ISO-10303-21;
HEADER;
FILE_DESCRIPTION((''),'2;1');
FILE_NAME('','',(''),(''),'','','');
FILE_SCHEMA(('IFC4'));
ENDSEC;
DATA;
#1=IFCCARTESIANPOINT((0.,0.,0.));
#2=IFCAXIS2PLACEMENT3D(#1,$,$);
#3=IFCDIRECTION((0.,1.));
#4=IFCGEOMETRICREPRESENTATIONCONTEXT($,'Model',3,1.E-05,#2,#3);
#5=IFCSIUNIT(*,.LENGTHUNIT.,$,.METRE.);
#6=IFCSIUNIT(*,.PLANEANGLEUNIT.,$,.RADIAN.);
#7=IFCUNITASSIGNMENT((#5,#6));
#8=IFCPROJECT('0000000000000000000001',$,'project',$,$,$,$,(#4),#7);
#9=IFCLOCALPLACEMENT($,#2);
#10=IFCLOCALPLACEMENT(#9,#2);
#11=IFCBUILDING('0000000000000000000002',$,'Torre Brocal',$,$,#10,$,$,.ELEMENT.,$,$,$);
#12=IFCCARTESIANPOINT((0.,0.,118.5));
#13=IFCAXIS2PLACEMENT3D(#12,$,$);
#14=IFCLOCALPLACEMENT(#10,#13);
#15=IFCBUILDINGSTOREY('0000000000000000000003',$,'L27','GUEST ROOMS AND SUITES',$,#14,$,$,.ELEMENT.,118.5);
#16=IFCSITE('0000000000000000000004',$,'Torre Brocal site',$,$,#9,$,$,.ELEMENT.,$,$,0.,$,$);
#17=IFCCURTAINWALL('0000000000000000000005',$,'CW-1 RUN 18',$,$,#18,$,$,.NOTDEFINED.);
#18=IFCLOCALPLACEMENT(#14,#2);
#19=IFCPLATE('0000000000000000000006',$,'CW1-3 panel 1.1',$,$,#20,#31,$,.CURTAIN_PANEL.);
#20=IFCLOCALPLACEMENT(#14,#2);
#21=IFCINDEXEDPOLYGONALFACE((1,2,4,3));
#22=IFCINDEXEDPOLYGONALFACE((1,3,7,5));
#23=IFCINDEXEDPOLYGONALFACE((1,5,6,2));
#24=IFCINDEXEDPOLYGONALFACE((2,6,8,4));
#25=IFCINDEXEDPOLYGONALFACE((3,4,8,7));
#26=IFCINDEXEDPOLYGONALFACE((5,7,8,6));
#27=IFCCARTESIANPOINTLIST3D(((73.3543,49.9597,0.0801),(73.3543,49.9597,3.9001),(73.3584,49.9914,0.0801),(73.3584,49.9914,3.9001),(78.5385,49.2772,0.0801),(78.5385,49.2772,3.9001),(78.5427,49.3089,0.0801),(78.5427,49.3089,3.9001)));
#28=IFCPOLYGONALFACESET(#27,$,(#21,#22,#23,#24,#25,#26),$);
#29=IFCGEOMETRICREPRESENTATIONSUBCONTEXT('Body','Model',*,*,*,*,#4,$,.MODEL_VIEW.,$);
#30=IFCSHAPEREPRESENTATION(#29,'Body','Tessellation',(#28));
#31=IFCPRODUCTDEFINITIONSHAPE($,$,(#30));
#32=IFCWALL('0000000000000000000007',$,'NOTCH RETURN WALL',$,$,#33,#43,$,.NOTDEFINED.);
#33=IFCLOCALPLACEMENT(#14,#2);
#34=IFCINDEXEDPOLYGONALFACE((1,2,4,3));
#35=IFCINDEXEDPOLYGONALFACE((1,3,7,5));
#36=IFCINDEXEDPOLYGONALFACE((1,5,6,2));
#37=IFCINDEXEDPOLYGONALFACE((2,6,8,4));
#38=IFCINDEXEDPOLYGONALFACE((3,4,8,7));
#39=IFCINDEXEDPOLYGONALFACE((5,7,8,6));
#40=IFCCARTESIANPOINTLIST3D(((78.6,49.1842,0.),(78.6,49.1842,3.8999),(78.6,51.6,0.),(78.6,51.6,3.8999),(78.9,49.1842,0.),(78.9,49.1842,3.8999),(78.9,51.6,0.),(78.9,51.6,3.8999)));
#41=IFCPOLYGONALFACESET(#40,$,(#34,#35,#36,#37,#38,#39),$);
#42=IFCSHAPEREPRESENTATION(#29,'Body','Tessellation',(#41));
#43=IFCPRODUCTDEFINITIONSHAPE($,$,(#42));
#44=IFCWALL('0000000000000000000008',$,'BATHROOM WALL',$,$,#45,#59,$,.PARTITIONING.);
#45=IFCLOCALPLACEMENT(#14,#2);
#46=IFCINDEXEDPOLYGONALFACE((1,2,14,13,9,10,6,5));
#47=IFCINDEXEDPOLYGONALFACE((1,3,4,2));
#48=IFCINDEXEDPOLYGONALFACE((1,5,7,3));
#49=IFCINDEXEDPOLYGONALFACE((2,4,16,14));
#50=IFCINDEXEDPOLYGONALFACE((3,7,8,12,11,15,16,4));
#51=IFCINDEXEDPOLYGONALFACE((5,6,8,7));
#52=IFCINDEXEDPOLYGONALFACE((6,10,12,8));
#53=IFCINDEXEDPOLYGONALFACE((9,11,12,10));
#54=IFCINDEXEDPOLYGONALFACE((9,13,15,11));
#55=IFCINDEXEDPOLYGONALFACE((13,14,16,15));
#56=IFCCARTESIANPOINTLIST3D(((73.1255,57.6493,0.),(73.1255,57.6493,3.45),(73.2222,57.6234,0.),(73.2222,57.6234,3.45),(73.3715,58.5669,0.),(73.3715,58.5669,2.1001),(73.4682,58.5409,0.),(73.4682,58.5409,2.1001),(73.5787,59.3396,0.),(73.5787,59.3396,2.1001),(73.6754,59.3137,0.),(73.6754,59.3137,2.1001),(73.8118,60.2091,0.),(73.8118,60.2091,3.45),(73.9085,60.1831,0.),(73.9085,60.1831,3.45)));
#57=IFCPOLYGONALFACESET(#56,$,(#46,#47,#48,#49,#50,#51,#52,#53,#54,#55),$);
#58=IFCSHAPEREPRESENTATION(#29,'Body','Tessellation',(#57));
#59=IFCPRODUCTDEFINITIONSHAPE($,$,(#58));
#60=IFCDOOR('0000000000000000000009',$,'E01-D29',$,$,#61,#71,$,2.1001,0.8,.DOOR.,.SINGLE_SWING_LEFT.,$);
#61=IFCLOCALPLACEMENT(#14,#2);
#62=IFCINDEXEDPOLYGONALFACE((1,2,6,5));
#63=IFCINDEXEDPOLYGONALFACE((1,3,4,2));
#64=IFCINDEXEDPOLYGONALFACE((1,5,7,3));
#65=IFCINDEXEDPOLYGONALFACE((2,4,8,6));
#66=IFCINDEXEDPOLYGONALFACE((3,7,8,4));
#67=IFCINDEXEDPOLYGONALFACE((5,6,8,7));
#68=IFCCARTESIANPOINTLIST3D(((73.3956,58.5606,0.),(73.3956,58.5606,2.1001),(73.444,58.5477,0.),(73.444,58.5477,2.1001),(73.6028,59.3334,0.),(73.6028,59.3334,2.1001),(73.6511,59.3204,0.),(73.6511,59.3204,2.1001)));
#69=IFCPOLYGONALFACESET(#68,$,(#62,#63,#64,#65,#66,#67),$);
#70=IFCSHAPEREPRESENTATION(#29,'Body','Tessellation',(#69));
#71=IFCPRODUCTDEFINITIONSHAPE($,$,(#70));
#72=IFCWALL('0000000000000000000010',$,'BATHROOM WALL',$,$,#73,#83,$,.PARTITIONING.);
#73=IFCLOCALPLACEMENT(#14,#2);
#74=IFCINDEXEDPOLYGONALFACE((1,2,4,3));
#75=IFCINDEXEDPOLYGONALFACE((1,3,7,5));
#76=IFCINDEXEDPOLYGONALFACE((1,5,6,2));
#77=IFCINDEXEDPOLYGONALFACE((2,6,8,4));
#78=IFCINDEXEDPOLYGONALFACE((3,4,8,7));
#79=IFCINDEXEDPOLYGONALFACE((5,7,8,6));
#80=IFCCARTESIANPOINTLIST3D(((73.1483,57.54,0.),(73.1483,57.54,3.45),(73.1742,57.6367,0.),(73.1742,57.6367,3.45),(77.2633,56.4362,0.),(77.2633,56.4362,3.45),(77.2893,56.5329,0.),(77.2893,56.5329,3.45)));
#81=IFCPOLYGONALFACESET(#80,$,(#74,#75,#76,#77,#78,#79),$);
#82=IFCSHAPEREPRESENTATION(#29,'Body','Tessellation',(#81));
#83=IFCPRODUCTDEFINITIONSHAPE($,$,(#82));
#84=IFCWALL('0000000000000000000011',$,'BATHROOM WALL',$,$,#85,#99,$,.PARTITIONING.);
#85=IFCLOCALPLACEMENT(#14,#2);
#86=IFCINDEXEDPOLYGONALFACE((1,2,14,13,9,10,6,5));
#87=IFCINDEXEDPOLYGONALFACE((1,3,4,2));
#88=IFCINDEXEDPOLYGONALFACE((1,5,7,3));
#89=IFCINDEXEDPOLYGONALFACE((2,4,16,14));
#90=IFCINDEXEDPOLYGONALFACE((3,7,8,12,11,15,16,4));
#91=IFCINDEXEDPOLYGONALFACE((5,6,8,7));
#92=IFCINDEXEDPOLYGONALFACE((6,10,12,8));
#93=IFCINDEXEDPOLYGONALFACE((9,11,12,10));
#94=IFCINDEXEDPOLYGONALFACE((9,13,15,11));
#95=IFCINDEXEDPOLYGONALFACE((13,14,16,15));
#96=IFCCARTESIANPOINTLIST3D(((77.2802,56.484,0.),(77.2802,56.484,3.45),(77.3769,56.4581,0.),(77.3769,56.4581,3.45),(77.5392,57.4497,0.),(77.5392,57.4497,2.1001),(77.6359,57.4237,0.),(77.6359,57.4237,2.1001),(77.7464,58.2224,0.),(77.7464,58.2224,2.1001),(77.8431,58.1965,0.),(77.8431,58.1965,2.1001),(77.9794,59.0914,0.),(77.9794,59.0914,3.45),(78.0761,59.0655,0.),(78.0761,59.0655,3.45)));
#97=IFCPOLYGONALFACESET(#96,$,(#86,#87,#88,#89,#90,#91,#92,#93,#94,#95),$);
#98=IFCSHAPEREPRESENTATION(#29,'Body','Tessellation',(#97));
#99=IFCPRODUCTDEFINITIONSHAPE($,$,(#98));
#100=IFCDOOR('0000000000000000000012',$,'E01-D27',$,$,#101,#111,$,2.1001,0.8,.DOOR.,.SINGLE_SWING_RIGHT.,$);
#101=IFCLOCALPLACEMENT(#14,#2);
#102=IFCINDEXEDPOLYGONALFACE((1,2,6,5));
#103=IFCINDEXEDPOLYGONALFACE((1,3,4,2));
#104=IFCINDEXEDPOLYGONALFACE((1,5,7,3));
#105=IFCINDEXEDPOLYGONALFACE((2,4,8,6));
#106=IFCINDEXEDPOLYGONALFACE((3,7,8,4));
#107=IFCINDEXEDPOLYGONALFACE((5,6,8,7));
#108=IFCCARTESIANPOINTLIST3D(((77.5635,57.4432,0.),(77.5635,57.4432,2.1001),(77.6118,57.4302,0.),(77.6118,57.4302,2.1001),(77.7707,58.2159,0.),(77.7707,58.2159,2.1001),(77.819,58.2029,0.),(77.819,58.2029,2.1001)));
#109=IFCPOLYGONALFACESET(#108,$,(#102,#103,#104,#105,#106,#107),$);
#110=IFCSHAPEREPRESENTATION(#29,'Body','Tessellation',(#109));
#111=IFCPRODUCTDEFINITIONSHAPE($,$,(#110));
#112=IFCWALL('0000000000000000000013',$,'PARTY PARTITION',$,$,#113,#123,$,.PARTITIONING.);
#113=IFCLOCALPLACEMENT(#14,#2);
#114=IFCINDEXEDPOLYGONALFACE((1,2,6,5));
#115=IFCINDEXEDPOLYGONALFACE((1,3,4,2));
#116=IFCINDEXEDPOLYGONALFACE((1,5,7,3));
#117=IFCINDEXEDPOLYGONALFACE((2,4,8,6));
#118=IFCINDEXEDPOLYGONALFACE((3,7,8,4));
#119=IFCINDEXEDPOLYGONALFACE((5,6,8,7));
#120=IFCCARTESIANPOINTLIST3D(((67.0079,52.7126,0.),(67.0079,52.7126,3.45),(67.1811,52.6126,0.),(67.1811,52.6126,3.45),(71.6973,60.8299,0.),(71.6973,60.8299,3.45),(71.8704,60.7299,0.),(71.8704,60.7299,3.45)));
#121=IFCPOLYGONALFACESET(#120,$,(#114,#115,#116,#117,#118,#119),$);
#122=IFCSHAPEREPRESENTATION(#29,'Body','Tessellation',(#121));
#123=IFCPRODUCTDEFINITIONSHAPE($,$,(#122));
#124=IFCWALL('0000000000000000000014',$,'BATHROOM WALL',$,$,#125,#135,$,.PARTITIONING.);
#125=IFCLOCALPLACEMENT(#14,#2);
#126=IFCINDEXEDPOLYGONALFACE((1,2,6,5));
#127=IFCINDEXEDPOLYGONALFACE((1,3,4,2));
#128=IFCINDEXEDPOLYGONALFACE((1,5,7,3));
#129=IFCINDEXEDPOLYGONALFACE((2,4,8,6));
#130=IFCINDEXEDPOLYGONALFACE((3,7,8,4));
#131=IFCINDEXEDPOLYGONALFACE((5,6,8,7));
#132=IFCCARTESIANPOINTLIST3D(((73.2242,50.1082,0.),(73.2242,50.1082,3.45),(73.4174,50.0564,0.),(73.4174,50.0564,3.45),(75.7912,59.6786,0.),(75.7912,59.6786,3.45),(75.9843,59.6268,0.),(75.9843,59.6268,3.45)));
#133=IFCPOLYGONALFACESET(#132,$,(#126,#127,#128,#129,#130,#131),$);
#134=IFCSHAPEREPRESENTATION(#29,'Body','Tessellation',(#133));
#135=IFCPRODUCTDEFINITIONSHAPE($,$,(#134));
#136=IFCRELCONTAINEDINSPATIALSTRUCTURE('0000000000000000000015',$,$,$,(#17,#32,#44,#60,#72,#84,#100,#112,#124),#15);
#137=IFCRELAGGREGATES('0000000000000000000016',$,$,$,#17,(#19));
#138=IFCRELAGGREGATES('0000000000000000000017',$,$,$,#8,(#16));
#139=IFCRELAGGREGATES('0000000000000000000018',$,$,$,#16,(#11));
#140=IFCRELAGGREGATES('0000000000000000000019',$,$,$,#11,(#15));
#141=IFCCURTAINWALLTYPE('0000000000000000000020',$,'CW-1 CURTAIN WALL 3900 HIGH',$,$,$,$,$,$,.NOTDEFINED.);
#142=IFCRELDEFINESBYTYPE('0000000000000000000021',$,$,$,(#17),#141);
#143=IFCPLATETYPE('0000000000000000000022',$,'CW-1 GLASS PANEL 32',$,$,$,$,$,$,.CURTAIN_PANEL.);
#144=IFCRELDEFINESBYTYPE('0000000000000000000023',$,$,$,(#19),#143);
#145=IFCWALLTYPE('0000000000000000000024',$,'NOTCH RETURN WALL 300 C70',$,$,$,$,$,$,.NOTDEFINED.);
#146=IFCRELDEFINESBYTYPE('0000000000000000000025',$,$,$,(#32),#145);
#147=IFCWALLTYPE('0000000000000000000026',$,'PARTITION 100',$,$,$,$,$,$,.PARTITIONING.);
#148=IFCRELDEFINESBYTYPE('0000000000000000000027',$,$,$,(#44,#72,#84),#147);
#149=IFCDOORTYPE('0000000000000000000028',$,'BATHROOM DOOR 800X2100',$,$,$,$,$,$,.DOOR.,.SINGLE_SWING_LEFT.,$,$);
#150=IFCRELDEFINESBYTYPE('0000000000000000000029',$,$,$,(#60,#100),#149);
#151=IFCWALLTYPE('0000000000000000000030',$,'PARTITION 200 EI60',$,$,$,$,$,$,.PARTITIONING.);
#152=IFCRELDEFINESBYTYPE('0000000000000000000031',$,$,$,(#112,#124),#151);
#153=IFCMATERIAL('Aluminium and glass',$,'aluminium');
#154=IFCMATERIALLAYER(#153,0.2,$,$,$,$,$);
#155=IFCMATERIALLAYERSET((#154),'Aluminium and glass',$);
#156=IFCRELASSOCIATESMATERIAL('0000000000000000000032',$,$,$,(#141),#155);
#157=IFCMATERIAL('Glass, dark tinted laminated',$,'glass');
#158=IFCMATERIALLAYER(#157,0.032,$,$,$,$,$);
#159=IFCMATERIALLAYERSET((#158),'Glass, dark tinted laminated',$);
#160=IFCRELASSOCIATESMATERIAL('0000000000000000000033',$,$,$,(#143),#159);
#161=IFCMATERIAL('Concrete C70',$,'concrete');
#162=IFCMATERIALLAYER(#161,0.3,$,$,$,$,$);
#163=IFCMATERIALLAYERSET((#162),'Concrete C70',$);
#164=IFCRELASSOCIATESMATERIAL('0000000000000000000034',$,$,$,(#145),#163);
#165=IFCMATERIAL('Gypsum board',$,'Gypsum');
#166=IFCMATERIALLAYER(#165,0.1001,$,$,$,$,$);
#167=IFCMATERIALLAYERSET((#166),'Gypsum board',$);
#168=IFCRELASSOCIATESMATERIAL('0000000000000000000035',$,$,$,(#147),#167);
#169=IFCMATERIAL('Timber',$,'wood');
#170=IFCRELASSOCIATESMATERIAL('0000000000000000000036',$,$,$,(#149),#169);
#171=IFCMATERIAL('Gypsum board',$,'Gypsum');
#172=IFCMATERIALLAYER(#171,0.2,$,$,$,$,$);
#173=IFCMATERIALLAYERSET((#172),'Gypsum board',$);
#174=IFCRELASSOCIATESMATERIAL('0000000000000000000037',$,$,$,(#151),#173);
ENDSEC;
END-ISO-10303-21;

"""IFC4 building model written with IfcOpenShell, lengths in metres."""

from ifc_helpers import new_model, si_unit, direction, frame, frame_2d, origin, origin_2d, place, context, subcontext, project, spatial, rectangle, extrude, material, layer, layer_set, type_object, element, fill, aggregate, save


model = new_model("IFC4")

# Units and contexts
model_context = context("Model", 3, precision=1e-05, world=origin(), true_north=direction((0.0, 1.0)))
body_context = subcontext(model_context, "Body", "Model", "MODEL_VIEW")
ifc_project = project(units=[si_unit("LENGTHUNIT", "METRE"), si_unit("PLANEANGLEUNIT", "RADIAN")], contexts=[model_context])

# Site, building, storey
site_placement = place(None, origin())
site = spatial("IfcSite", under=ifc_project, at=site_placement, Name="Torre Brocal site", CompositionType="ELEMENT", RefElevation=0.0)
building_placement = place(site_placement, origin())
building = spatial("IfcBuilding", under=site, at=building_placement, Name="Torre Brocal", CompositionType="ELEMENT")
storey_placement = place(building_placement, frame((0.0, 0.0, 118.5)))
storey = spatial("IfcBuildingStorey", under=building, at=storey_placement, Name="L27", Description="GUEST ROOMS AND SUITES", CompositionType="ELEMENT", Elevation=118.5)

# Curtain wall
ifc_material_1 = material(Name="Aluminium and glass", Category="aluminium")
ifc_layer_1 = layer(ifc_material_1, 0.2)
ifc_layer_set_1 = layer_set([ifc_layer_1], Name="Aluminium and glass")
curtain_wall_type = type_object("IfcCurtainWallType", Name="CW-1 CURTAIN WALL 3900 HIGH", PredefinedType="NOTDEFINED", material=ifc_layer_set_1)
curtain_wall_1_placement = place(storey_placement, origin())
curtain_wall_1 = element("IfcCurtainWall", 1, at=curtain_wall_1_placement, inside=storey, type_object=curtain_wall_type, Name="CW-1 RUN 18", PredefinedType="NOTDEFINED")

# Plate
ifc_material_2 = material(Name="Glass, dark tinted laminated", Category="glass")
ifc_layer_2 = layer(ifc_material_2, 0.032)
ifc_layer_set_2 = layer_set([ifc_layer_2], Name="Glass, dark tinted laminated")
plate_type = type_object("IfcPlateType", Name="CW-1 GLASS PANEL 32", PredefinedType="CURTAIN_PANEL", material=ifc_layer_set_2)
plate_1_placement = place(storey_placement, frame((75.9485, 49.6343, 0.0801), z_axis=(0.0, 0.0, 1.0), x_axis=(0.991445, -0.130526, 0.0)))
plate_1 = element("IfcPlate", 2, at=plate_1_placement, type_object=plate_type, Name="CW1-3 panel 1.1", PredefinedType="CURTAIN_PANEL", context=body_context, shape_type="SweptSolid", body=[
    extrude(rectangle(XDim=5.229, YDim=0.032, at=origin_2d()), origin(), (0.0, 0.0, 1.0), 3.8201),
])
aggregate(curtain_wall_1, [plate_1])

# Wall
ifc_material_3 = material(Name="Concrete C70", Category="concrete")
ifc_layer_3 = layer(ifc_material_3, 0.3)
ifc_layer_set_3 = layer_set([ifc_layer_3], Name="Concrete C70")
wall_type_1 = type_object("IfcWallType", Name="NOTCH RETURN WALL 300 C70", PredefinedType="NOTDEFINED", material=ifc_layer_set_3)
wall_1_placement = place(storey_placement, frame((78.75, 51.6001, 0.0), z_axis=(0.0, 0.0, 1.0), x_axis=(0.0, -1.0, 0.0)))
element("IfcWall", 3, at=wall_1_placement, inside=storey, type_object=wall_type_1, Name="NOTCH RETURN WALL", PredefinedType="NOTDEFINED", context=body_context, shape_type="SweptSolid", body=[
    extrude(rectangle(XDim=2.4158, YDim=0.3, at=frame_2d((1.208, 0.0))), origin(), (0.0, 0.0, 1.0), 3.8999),
])

# Wall, opening, door
ifc_material_4 = material(Name="Gypsum board", Category="Gypsum")
ifc_layer_4 = layer(ifc_material_4, 0.1001)
ifc_layer_set_4 = layer_set([ifc_layer_4], Name="Gypsum board")
wall_type_2 = type_object("IfcWallType", Name="PARTITION 100", PredefinedType="PARTITIONING", material=ifc_layer_set_4)
wall_2_placement = place(storey_placement, frame((73.1738, 57.6362, 0.0), z_axis=(0.0, 0.0, 1.0), x_axis=(0.258952, 0.96589, 0.0)))
wall_2 = element("IfcWall", 4, at=wall_2_placement, inside=storey, type_object=wall_type_2, Name="BATHROOM WALL", PredefinedType="PARTITIONING", context=body_context, shape_type="SweptSolid", body=[
    extrude(rectangle(XDim=2.6501, YDim=0.1001, at=frame_2d((1.3252, 0.0))), origin(), (0.0, 0.0, 1.0), 3.45),
])
opening_1_placement = place(wall_2_placement, frame((0.9502, 0.0, 0.0)))
opening_1 = element("IfcOpeningElement", 5, at=opening_1_placement, cuts=wall_2, PredefinedType="OPENING", context=body_context, shape_type="SweptSolid", body=[
    extrude(rectangle(XDim=0.8, YDim=2.1001, at=frame_2d((0.3999, 1.05))), frame((0.0, 0.0601, 0.0), z_axis=(0.0, -1.0, 0.0), x_axis=(1.0, 0.0, 0.0)), (0.0, 0.0, 1.0), 0.1201),
])
ifc_material_5 = material(Name="Timber", Category="wood")
door_type_1 = type_object("IfcDoorType", Name="BATHROOM DOOR 800X2100", OperationType="SINGLE_SWING_LEFT", PredefinedType="DOOR", material=ifc_material_5)
door_1_placement = place(opening_1_placement, frame((0.8, 0.0, 0.0), z_axis=(0.0, 0.0, 1.0), x_axis=(-1.0, 0.0, 0.0)))
door_1 = element("IfcDoor", 6, at=door_1_placement, inside=storey, type_object=door_type_1, Name="E01-D29", OperationType="SINGLE_SWING_LEFT", OverallHeight=2.1001, OverallWidth=0.8, PredefinedType="DOOR", context=body_context, shape_type="SweptSolid", body=[
    extrude(rectangle(XDim=0.8, YDim=2.1001, at=frame_2d((0.3999, 1.05))), frame((0.0, 0.0249, 0.0), z_axis=(0.0, -1.0, 0.0), x_axis=(1.0, 0.0, 0.0)), (0.0, 0.0, 1.0), 0.05),
])
fill(opening_1, door_1)

# Wall
wall_3_placement = place(storey_placement, frame((73.1611, 57.5884, 0.0), z_axis=(0.0, 0.0, 1.0), x_axis=(0.965858, -0.259071, 0.0)))
element("IfcWall", 7, at=wall_3_placement, inside=storey, type_object=wall_type_2, Name="BATHROOM WALL", PredefinedType="PARTITIONING", context=body_context, shape_type="SweptSolid", body=[
    extrude(rectangle(XDim=4.2605, YDim=0.1001, at=frame_2d((2.1304, 0.0))), origin(), (0.0, 0.0, 1.0), 3.45),
])

# Wall, opening, door
wall_4_placement = place(storey_placement, frame((77.3286, 56.4712, 0.0), z_axis=(0.0, 0.0, 1.0), x_axis=(0.259013, 0.965874, 0.0)))
wall_4 = element("IfcWall", 8, at=wall_4_placement, inside=storey, type_object=wall_type_2, Name="BATHROOM WALL", PredefinedType="PARTITIONING", context=body_context, shape_type="SweptSolid", body=[
    extrude(rectangle(XDim=2.6995, YDim=0.1001, at=frame_2d((1.3496, 0.0))), origin(), (0.0, 0.0, 1.0), 3.45),
])
opening_2_placement = place(wall_4_placement, frame((0.9998, 0.0, 0.0)))
opening_2 = element("IfcOpeningElement", 9, at=opening_2_placement, cuts=wall_4, PredefinedType="OPENING", context=body_context, shape_type="SweptSolid", body=[
    extrude(rectangle(XDim=0.8, YDim=2.1001, at=frame_2d((0.3999, 1.05))), frame((0.0, 0.0601, 0.0), z_axis=(0.0, -1.0, 0.0), x_axis=(1.0, 0.0, 0.0)), (0.0, 0.0, 1.0), 0.1201),
])
door_2_placement = place(opening_2_placement, origin())
door_2 = element("IfcDoor", 10, at=door_2_placement, inside=storey, type_object=door_type_1, Name="E01-D27", OperationType="SINGLE_SWING_RIGHT", OverallHeight=2.1001, OverallWidth=0.8, PredefinedType="DOOR", context=body_context, shape_type="SweptSolid", body=[
    extrude(rectangle(XDim=0.8, YDim=2.1001, at=frame_2d((0.3999, 1.05))), frame((0.0, 0.0249, 0.0), z_axis=(0.0, -1.0, 0.0), x_axis=(1.0, 0.0, 0.0)), (0.0, 0.0, 1.0), 0.05),
])
fill(opening_2, door_2)

# Walls
ifc_material_6 = material(Name="Gypsum board", Category="Gypsum")
ifc_layer_5 = layer(ifc_material_6, 0.2)
ifc_layer_set_5 = layer_set([ifc_layer_5], Name="Gypsum board")
wall_type_3 = type_object("IfcWallType", Name="PARTITION 200 EI60", PredefinedType="PARTITIONING", material=ifc_layer_set_5)
wall_5_placement = place(storey_placement, frame((67.0945, 52.6626, 0.0), z_axis=(0.0, 0.0, 1.0), x_axis=(0.500228, 0.865894, 0.0)))
element("IfcWall", 11, at=wall_5_placement, inside=storey, type_object=wall_type_3, Name="PARTY PARTITION", PredefinedType="PARTITIONING", context=body_context, shape_type="SweptSolid", body=[
    extrude(rectangle(XDim=9.3745, YDim=0.2, at=frame_2d((4.6873, 0.0))), origin(), (0.0, 0.0, 1.0), 3.45),
])
wall_6_placement = place(storey_placement, frame((73.3208, 50.0823, 0.0), z_axis=(0.0, 0.0, 1.0), x_axis=(0.259058, 0.965862, 0.0)))
element("IfcWall", 12, at=wall_6_placement, inside=storey, type_object=wall_type_3, Name="BATHROOM WALL", PredefinedType="PARTITIONING", context=body_context, shape_type="SweptSolid", body=[
    extrude(rectangle(XDim=9.9087, YDim=0.2, at=frame_2d((4.9543, 0.0))), origin(), (0.0, 0.0, 1.0), 3.45),
])

save(model, "model.ifc")
